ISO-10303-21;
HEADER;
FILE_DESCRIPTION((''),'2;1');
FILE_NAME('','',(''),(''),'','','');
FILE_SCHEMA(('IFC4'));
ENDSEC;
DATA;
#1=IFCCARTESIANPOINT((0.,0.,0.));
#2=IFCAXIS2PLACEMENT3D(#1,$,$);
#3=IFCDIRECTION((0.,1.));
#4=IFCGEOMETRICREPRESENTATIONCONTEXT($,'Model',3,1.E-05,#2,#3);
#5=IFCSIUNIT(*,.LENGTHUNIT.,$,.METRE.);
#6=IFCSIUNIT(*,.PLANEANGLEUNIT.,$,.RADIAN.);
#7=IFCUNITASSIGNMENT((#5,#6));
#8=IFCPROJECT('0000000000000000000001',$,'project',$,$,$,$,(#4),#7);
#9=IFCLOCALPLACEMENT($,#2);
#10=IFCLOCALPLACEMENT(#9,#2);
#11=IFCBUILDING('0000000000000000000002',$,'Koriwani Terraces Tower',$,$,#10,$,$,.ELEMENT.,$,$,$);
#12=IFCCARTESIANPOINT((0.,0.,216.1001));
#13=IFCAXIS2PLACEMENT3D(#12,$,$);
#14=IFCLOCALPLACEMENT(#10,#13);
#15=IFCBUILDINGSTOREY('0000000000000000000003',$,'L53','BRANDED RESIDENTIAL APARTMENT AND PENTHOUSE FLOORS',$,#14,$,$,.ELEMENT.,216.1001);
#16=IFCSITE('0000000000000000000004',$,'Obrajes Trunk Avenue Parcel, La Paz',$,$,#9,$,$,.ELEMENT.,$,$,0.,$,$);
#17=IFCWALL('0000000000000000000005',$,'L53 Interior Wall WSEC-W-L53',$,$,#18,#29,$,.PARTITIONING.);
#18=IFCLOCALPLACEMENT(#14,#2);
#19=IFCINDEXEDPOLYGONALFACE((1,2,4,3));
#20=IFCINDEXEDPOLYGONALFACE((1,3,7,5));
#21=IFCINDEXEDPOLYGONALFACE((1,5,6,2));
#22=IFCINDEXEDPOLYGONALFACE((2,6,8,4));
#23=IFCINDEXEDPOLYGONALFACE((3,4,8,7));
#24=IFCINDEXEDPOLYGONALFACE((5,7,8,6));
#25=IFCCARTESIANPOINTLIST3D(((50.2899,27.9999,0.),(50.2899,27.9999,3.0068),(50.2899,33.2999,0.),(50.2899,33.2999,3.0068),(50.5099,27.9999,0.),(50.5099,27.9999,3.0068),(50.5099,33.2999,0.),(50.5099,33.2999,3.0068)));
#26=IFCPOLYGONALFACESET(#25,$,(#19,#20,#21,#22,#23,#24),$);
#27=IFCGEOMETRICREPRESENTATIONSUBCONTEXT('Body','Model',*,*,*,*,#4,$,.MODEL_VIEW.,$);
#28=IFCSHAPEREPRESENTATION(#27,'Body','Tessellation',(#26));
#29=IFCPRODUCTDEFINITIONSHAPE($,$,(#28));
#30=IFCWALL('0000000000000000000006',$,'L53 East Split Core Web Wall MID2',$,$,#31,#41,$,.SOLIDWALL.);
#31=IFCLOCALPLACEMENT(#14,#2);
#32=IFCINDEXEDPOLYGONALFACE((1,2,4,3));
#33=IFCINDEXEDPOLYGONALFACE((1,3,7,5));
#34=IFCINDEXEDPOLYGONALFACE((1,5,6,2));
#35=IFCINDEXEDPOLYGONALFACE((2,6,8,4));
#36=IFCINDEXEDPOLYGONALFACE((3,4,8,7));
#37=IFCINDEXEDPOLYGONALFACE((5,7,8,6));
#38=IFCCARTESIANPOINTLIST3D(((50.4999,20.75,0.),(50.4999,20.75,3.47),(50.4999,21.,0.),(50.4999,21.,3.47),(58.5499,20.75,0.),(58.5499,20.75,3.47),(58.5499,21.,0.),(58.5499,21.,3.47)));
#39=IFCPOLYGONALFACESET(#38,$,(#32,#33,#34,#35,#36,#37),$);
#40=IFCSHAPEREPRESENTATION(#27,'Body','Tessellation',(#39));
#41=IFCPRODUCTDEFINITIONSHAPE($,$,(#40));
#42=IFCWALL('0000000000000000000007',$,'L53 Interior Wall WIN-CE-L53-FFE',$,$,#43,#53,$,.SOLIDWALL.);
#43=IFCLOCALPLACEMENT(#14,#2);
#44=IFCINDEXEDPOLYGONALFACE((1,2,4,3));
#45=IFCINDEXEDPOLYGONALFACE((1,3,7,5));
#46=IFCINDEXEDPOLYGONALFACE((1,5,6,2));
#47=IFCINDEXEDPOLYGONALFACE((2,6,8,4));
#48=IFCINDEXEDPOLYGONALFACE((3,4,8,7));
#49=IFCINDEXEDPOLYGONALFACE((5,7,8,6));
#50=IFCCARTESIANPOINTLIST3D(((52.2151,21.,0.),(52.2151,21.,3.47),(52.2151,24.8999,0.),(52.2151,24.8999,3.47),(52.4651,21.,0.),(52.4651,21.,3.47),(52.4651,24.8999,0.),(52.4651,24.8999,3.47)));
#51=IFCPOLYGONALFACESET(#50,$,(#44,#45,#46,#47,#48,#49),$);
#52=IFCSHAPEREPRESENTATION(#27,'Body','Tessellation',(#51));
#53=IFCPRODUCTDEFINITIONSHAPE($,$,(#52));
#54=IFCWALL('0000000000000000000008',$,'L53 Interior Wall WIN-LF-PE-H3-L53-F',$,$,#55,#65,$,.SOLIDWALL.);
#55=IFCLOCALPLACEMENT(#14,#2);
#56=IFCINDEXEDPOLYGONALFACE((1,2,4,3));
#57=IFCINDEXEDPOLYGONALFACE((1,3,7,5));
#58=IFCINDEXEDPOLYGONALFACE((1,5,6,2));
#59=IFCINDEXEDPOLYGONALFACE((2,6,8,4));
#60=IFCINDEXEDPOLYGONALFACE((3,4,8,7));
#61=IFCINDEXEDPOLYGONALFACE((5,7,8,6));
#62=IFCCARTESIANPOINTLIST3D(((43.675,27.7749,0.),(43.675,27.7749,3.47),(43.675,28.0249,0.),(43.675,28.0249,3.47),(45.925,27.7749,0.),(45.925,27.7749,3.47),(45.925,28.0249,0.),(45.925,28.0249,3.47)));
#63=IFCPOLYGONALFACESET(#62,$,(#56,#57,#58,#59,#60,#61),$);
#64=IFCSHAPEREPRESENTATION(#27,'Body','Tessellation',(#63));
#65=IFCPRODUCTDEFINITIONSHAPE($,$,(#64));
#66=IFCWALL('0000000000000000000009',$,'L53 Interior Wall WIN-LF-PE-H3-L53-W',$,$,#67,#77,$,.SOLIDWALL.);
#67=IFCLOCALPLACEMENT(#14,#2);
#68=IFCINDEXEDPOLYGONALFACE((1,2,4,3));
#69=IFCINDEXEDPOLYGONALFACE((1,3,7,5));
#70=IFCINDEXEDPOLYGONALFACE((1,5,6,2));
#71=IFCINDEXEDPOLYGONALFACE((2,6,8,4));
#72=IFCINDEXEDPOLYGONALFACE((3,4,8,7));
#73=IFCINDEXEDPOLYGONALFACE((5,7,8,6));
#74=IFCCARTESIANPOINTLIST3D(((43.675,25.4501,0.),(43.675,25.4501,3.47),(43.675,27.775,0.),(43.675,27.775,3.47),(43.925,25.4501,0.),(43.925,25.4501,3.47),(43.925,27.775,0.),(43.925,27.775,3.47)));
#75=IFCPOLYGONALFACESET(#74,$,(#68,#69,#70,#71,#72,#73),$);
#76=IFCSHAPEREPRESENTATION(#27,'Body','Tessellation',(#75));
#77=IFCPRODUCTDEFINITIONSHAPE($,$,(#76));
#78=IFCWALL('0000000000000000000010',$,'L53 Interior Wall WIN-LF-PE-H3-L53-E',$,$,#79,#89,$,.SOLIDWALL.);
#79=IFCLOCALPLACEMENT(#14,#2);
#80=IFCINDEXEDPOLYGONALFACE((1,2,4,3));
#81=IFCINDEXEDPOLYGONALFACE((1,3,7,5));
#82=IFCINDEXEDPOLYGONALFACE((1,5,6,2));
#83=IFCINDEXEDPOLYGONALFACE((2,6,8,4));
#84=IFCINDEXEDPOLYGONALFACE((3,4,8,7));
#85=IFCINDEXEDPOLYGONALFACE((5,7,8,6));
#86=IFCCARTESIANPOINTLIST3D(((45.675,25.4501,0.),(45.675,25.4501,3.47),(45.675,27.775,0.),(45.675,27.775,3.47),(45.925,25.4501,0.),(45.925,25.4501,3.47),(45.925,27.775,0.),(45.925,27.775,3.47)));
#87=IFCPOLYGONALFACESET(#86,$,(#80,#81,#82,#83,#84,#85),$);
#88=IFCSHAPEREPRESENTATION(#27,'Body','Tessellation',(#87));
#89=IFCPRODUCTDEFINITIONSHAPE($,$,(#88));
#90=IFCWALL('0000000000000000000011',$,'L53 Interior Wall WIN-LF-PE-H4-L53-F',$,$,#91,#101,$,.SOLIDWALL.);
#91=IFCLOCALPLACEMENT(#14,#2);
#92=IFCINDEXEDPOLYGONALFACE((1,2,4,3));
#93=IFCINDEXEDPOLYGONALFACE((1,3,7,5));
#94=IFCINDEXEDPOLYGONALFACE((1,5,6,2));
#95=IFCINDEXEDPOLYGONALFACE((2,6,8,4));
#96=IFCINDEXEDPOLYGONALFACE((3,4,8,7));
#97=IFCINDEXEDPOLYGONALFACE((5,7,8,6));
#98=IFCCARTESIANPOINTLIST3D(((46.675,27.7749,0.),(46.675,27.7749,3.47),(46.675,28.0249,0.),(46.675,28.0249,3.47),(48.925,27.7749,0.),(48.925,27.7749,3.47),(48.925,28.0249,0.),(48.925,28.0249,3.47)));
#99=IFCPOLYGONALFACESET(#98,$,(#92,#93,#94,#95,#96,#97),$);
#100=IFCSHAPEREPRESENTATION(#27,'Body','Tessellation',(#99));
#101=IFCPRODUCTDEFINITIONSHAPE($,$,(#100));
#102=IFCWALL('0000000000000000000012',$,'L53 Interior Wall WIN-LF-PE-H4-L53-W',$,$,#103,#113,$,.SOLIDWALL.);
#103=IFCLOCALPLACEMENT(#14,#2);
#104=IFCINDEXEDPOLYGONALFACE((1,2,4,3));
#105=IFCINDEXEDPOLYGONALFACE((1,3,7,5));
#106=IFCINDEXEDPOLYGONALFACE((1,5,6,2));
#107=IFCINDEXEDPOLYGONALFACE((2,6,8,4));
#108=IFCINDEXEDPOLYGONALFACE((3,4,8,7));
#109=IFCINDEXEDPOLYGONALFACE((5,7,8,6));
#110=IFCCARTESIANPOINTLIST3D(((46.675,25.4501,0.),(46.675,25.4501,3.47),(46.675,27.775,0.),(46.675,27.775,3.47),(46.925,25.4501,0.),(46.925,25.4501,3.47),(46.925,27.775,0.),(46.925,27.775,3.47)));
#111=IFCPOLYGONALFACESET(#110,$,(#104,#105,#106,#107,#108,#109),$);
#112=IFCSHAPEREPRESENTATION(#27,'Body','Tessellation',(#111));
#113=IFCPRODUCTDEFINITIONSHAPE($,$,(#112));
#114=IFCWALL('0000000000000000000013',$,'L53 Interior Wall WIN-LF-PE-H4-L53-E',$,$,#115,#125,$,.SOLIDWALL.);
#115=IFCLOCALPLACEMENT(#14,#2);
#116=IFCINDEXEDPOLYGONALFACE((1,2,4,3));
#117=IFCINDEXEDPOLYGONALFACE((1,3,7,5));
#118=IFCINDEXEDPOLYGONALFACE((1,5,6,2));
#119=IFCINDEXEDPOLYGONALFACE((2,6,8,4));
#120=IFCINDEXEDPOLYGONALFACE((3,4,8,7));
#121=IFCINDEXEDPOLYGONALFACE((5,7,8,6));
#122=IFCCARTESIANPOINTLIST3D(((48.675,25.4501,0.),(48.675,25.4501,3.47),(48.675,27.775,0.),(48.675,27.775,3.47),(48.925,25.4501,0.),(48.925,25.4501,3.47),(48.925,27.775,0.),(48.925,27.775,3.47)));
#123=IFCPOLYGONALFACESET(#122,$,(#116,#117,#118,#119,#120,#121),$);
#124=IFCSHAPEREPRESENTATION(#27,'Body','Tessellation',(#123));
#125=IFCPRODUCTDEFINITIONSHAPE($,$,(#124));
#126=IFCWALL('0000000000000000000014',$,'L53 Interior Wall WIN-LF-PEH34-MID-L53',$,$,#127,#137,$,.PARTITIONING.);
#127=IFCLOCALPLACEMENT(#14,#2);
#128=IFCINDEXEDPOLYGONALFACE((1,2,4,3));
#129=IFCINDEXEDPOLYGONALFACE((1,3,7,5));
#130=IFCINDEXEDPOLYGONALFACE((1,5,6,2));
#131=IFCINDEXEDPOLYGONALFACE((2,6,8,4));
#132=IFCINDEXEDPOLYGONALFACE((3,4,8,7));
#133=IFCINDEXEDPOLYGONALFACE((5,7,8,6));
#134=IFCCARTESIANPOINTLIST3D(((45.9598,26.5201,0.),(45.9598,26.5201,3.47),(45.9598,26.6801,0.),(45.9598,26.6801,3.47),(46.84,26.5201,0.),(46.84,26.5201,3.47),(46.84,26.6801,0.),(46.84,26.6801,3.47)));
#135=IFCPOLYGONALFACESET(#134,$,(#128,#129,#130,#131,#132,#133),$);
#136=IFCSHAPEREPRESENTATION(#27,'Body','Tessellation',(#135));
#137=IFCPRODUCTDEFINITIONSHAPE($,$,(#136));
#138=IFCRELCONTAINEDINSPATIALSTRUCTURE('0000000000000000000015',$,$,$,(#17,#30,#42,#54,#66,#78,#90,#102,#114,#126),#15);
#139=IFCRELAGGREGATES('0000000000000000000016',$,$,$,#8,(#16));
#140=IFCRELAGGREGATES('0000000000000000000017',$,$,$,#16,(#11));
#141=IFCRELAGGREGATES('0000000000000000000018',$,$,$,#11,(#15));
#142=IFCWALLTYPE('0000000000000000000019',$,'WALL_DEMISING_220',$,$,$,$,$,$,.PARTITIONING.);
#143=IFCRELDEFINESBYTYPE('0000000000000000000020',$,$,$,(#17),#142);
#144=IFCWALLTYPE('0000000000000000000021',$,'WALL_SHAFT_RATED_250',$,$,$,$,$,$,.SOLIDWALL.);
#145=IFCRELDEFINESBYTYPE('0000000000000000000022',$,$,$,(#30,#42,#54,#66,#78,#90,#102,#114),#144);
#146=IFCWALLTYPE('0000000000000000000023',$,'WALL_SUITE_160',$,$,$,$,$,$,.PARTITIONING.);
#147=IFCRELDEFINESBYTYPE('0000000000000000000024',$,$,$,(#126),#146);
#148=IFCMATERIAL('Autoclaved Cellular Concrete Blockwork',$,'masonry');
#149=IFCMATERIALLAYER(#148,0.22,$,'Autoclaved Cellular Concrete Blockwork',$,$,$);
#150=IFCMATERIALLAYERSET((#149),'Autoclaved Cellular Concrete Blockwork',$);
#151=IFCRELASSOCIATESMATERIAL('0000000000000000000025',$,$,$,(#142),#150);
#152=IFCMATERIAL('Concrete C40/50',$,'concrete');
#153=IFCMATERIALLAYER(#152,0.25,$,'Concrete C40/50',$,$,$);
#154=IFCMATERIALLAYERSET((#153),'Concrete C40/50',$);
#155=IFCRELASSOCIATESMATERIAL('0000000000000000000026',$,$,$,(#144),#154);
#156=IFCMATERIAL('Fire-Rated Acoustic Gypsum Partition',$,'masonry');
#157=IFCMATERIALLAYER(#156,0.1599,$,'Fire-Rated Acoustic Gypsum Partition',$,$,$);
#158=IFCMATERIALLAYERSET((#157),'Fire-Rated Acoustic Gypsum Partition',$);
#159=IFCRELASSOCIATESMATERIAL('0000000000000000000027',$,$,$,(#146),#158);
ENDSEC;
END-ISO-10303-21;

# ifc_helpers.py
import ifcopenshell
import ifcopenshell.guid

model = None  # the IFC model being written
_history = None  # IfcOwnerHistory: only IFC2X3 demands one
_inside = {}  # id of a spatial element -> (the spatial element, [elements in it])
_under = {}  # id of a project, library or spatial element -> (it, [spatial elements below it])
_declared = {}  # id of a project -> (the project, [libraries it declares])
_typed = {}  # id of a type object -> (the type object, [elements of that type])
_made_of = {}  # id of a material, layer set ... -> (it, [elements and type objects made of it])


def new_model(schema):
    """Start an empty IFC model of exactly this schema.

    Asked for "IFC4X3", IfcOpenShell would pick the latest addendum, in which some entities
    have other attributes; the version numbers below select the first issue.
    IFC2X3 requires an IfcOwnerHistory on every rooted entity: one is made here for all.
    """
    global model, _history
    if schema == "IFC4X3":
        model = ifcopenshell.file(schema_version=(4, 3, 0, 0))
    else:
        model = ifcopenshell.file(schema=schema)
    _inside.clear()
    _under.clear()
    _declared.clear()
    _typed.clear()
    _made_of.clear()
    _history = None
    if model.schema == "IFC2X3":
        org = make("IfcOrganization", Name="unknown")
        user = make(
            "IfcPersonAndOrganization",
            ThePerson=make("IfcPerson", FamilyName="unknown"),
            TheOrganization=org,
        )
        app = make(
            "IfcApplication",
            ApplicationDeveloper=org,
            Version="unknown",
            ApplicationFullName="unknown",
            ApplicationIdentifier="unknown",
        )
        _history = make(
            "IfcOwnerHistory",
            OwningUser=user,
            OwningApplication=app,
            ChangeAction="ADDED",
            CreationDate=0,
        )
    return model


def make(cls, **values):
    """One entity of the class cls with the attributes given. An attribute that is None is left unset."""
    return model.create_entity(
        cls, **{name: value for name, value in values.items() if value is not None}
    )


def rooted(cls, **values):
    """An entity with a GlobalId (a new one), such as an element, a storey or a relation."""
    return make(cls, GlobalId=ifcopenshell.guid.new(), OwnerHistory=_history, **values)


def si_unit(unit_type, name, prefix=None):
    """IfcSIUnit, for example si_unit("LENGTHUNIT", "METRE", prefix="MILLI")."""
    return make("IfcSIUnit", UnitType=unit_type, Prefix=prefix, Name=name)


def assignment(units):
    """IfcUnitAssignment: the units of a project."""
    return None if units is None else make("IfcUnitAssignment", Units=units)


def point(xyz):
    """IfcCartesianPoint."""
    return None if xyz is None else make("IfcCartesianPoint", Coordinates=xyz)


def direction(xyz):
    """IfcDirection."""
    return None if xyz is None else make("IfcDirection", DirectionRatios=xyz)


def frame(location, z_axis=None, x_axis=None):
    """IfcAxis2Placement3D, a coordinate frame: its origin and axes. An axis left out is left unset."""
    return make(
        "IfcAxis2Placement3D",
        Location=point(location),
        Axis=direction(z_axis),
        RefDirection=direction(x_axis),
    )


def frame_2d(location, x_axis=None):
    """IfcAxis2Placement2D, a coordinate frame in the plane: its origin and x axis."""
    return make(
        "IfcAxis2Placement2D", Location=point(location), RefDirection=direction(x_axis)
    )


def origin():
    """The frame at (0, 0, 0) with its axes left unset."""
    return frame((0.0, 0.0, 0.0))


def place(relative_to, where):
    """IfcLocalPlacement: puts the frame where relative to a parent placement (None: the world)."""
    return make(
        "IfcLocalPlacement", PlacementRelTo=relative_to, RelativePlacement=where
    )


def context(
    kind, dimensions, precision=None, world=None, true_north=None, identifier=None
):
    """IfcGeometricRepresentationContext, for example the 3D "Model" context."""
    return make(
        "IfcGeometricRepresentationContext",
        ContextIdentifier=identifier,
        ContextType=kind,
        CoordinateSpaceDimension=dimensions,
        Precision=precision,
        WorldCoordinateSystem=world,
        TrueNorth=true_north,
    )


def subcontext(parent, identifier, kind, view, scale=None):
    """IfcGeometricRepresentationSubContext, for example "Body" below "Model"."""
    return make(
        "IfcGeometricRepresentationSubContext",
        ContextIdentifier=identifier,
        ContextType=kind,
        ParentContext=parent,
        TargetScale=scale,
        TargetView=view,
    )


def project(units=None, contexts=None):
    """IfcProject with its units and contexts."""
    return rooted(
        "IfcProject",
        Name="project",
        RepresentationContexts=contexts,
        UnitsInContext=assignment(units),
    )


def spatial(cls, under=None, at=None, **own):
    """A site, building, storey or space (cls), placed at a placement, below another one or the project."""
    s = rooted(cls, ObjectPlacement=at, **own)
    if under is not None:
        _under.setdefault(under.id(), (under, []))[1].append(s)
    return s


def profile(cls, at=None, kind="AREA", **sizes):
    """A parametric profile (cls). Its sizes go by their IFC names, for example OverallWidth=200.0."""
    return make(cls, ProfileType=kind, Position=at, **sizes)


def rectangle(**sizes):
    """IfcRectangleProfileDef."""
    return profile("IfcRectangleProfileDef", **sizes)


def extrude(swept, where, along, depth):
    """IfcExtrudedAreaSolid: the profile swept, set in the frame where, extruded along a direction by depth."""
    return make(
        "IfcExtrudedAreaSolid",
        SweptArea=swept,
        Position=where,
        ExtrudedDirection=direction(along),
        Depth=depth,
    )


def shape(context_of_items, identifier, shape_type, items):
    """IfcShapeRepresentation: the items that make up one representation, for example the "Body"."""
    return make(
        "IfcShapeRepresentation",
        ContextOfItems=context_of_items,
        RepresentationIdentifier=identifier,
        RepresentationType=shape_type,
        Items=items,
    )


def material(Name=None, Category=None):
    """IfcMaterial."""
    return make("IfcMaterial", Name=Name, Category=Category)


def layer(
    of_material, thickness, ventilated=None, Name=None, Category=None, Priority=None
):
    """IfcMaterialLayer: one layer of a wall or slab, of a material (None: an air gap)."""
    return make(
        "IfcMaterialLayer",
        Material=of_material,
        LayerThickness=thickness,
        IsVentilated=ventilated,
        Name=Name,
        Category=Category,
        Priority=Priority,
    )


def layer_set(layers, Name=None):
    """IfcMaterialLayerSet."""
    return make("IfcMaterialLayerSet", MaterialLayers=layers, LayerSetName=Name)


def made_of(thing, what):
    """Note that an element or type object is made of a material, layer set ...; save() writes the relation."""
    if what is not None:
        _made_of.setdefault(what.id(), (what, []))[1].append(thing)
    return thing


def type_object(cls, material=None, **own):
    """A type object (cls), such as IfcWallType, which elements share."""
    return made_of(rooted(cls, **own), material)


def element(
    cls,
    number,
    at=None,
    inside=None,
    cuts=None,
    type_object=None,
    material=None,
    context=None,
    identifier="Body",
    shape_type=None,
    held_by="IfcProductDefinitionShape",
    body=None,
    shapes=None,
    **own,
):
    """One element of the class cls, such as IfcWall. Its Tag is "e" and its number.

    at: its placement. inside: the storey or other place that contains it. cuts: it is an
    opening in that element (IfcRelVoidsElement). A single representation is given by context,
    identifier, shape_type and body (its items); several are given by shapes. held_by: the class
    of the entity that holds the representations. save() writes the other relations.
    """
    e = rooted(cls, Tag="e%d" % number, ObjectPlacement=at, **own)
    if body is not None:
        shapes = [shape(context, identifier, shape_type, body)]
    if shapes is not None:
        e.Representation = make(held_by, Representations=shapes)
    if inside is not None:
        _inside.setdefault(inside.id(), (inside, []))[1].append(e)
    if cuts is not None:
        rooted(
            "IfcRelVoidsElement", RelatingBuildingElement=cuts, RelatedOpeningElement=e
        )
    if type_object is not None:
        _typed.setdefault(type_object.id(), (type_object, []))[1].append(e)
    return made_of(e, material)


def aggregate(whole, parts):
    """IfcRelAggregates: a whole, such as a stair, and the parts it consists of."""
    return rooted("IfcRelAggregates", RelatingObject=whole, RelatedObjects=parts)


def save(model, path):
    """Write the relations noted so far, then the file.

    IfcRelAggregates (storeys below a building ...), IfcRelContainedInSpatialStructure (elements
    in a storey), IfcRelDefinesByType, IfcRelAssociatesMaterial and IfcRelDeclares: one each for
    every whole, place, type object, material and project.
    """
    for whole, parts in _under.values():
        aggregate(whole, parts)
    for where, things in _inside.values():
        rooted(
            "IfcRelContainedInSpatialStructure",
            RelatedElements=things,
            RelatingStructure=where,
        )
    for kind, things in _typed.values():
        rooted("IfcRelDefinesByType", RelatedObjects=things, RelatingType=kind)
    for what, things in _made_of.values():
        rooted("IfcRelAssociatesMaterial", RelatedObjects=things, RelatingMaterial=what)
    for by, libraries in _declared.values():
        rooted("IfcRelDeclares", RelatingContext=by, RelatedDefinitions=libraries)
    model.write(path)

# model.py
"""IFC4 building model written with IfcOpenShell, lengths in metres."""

from ifc_helpers import new_model, si_unit, direction, frame, frame_2d, origin, place, context, subcontext, project, spatial, rectangle, extrude, material, layer, layer_set, type_object, element, save


model = new_model("IFC4")

# Units and contexts
model_context = context("Model", 3, precision=1e-05, world=origin(), true_north=direction((0.0, 1.0)))
body_context = subcontext(model_context, "Body", "Model", "MODEL_VIEW")
ifc_project = project(units=[si_unit("LENGTHUNIT", "METRE"), si_unit("PLANEANGLEUNIT", "RADIAN")], contexts=[model_context])

# Site, building, storey
site_placement = place(None, origin())
site = spatial("IfcSite", under=ifc_project, at=site_placement, Name="Obrajes Trunk Avenue Parcel, La Paz", CompositionType="ELEMENT", RefElevation=0.0)
building_placement = place(site_placement, origin())
building = spatial("IfcBuilding", under=site, at=building_placement, Name="Koriwani Terraces Tower", CompositionType="ELEMENT")
storey_placement = place(building_placement, frame((0.0, 0.0, 216.1001)))
storey = spatial("IfcBuildingStorey", under=building, at=storey_placement, Name="L53", Description="BRANDED RESIDENTIAL APARTMENT AND PENTHOUSE FLOORS", CompositionType="ELEMENT", Elevation=216.1001)

# Shared definitions
ifc_material_1 = material(Name="Autoclaved Cellular Concrete Blockwork", Category="masonry")

# Walls
ifc_layer_1 = layer(ifc_material_1, 0.22, Name="Autoclaved Cellular Concrete Blockwork")
ifc_layer_set_1 = layer_set([ifc_layer_1], Name="Autoclaved Cellular Concrete Blockwork")
wall_type_1 = type_object("IfcWallType", Name="WALL_DEMISING_220", PredefinedType="PARTITIONING", material=ifc_layer_set_1)
wall_1_placement = place(storey_placement, frame((50.3999, 28.0, 0.0), z_axis=(0.0, 0.0, 1.0), x_axis=(0.0, 1.0, 0.0)))
element("IfcWall", 1, at=wall_1_placement, inside=storey, type_object=wall_type_1, Name="L53 Interior Wall WSEC-W-L53", PredefinedType="PARTITIONING", context=body_context, shape_type="SweptSolid", body=[
    extrude(rectangle(XDim=5.3, YDim=0.22, at=frame_2d((2.6499, 0.0))), origin(), (0.0, 0.0, 1.0), 3.0068),
])
ifc_material_2 = material(Name="Concrete C40/50", Category="concrete")
ifc_layer_2 = layer(ifc_material_2, 0.25, Name="Concrete C40/50")
ifc_layer_set_2 = layer_set([ifc_layer_2], Name="Concrete C40/50")
wall_type_2 = type_object("IfcWallType", Name="WALL_SHAFT_RATED_250", PredefinedType="SOLIDWALL", material=ifc_layer_set_2)
wall_2_placement = place(storey_placement, frame((50.5, 20.875, 0.0), z_axis=(0.0, 0.0, 1.0), x_axis=(1.0, 0.0, 0.0)))
element("IfcWall", 2, at=wall_2_placement, inside=storey, type_object=wall_type_2, Name="L53 East Split Core Web Wall MID2", PredefinedType="SOLIDWALL", context=body_context, shape_type="SweptSolid", body=[
    extrude(rectangle(XDim=8.05, YDim=0.25, at=frame_2d((4.0249, 0.0))), origin(), (0.0, 0.0, 1.0), 3.47),
])

# Walls
wall_3_placement = place(storey_placement, frame((52.3401, 21.0, 0.0), z_axis=(0.0, 0.0, 1.0), x_axis=(0.0, 1.0, 0.0)))
element("IfcWall", 3, at=wall_3_placement, inside=storey, type_object=wall_type_2, Name="L53 Interior Wall WIN-CE-L53-FFE", PredefinedType="SOLIDWALL", context=body_context, shape_type="SweptSolid", body=[
    extrude(rectangle(XDim=3.8999, YDim=0.25, at=frame_2d((1.95, 0.0))), origin(), (0.0, 0.0, 1.0), 3.47),
])
wall_4_placement = place(storey_placement, frame((43.675, 27.8999, 0.0), z_axis=(0.0, 0.0, 1.0), x_axis=(1.0, 0.0, 0.0)))
element("IfcWall", 4, at=wall_4_placement, inside=storey, type_object=wall_type_2, Name="L53 Interior Wall WIN-LF-PE-H3-L53-F", PredefinedType="SOLIDWALL", context=body_context, shape_type="SweptSolid", body=[
    extrude(rectangle(XDim=2.25, YDim=0.25, at=frame_2d((1.125, 0.0))), origin(), (0.0, 0.0, 1.0), 3.47),
])
for number, where, z_axis, x_axis, name in (
    (5, (43.8, 25.45, 0.0), (0.0, 0.0, 1.0), (0.0, 1.0, 0.0), "L53 Interior Wall WIN-LF-PE-H3-L53-W"),
    (6, (45.8, 25.45, 0.0), (0.0, 0.0, 1.0), (0.0, 1.0, 0.0), "L53 Interior Wall WIN-LF-PE-H3-L53-E"),
):
    element("IfcWall", number, at=place(storey_placement, frame(where, z_axis=z_axis, x_axis=x_axis)), inside=storey, type_object=wall_type_2, Name=name, PredefinedType="SOLIDWALL", context=body_context, shape_type="SweptSolid", body=[
        extrude(rectangle(XDim=2.325, YDim=0.25, at=frame_2d((1.1626, 0.0))), origin(), (0.0, 0.0, 1.0), 3.47),
    ])
wall_5_placement = place(storey_placement, frame((46.675, 27.8999, 0.0), z_axis=(0.0, 0.0, 1.0), x_axis=(1.0, 0.0, 0.0)))
element("IfcWall", 7, at=wall_5_placement, inside=storey, type_object=wall_type_2, Name="L53 Interior Wall WIN-LF-PE-H4-L53-F", PredefinedType="SOLIDWALL", context=body_context, shape_type="SweptSolid", body=[
    extrude(rectangle(XDim=2.25, YDim=0.25, at=frame_2d((1.125, 0.0))), origin(), (0.0, 0.0, 1.0), 3.47),
])
for number, where, z_axis, x_axis, name in (
    (8, (46.8, 25.45, 0.0), (0.0, 0.0, 1.0), (0.0, 1.0, 0.0), "L53 Interior Wall WIN-LF-PE-H4-L53-W"),
    (9, (48.8, 25.45, 0.0), (0.0, 0.0, 1.0), (0.0, 1.0, 0.0), "L53 Interior Wall WIN-LF-PE-H4-L53-E"),
):
    element("IfcWall", number, at=place(storey_placement, frame(where, z_axis=z_axis, x_axis=x_axis)), inside=storey, type_object=wall_type_2, Name=name, PredefinedType="SOLIDWALL", context=body_context, shape_type="SweptSolid", body=[
        extrude(rectangle(XDim=2.325, YDim=0.25, at=frame_2d((1.1626, 0.0))), origin(), (0.0, 0.0, 1.0), 3.47),
    ])
ifc_material_3 = material(Name="Fire-Rated Acoustic Gypsum Partition", Category="masonry")
ifc_layer_3 = layer(ifc_material_3, 0.1599, Name="Fire-Rated Acoustic Gypsum Partition")
ifc_layer_set_3 = layer_set([ifc_layer_3], Name="Fire-Rated Acoustic Gypsum Partition")
wall_type_3 = type_object("IfcWallType", Name="WALL_SUITE_160", PredefinedType="PARTITIONING", material=ifc_layer_set_3)
wall_6_placement = place(storey_placement, frame((45.96, 26.6001, 0.0), z_axis=(0.0, 0.0, 1.0), x_axis=(1.0, 0.0, 0.0)))
element("IfcWall", 10, at=wall_6_placement, inside=storey, type_object=wall_type_3, Name="L53 Interior Wall WIN-LF-PEH34-MID-L53", PredefinedType="PARTITIONING", context=body_context, shape_type="SweptSolid", body=[
    extrude(rectangle(XDim=0.8801, YDim=0.1599, at=frame_2d((0.4399, 0.0))), origin(), (0.0, 0.0, 1.0), 3.47),
])

save(model, "model.ifc")
